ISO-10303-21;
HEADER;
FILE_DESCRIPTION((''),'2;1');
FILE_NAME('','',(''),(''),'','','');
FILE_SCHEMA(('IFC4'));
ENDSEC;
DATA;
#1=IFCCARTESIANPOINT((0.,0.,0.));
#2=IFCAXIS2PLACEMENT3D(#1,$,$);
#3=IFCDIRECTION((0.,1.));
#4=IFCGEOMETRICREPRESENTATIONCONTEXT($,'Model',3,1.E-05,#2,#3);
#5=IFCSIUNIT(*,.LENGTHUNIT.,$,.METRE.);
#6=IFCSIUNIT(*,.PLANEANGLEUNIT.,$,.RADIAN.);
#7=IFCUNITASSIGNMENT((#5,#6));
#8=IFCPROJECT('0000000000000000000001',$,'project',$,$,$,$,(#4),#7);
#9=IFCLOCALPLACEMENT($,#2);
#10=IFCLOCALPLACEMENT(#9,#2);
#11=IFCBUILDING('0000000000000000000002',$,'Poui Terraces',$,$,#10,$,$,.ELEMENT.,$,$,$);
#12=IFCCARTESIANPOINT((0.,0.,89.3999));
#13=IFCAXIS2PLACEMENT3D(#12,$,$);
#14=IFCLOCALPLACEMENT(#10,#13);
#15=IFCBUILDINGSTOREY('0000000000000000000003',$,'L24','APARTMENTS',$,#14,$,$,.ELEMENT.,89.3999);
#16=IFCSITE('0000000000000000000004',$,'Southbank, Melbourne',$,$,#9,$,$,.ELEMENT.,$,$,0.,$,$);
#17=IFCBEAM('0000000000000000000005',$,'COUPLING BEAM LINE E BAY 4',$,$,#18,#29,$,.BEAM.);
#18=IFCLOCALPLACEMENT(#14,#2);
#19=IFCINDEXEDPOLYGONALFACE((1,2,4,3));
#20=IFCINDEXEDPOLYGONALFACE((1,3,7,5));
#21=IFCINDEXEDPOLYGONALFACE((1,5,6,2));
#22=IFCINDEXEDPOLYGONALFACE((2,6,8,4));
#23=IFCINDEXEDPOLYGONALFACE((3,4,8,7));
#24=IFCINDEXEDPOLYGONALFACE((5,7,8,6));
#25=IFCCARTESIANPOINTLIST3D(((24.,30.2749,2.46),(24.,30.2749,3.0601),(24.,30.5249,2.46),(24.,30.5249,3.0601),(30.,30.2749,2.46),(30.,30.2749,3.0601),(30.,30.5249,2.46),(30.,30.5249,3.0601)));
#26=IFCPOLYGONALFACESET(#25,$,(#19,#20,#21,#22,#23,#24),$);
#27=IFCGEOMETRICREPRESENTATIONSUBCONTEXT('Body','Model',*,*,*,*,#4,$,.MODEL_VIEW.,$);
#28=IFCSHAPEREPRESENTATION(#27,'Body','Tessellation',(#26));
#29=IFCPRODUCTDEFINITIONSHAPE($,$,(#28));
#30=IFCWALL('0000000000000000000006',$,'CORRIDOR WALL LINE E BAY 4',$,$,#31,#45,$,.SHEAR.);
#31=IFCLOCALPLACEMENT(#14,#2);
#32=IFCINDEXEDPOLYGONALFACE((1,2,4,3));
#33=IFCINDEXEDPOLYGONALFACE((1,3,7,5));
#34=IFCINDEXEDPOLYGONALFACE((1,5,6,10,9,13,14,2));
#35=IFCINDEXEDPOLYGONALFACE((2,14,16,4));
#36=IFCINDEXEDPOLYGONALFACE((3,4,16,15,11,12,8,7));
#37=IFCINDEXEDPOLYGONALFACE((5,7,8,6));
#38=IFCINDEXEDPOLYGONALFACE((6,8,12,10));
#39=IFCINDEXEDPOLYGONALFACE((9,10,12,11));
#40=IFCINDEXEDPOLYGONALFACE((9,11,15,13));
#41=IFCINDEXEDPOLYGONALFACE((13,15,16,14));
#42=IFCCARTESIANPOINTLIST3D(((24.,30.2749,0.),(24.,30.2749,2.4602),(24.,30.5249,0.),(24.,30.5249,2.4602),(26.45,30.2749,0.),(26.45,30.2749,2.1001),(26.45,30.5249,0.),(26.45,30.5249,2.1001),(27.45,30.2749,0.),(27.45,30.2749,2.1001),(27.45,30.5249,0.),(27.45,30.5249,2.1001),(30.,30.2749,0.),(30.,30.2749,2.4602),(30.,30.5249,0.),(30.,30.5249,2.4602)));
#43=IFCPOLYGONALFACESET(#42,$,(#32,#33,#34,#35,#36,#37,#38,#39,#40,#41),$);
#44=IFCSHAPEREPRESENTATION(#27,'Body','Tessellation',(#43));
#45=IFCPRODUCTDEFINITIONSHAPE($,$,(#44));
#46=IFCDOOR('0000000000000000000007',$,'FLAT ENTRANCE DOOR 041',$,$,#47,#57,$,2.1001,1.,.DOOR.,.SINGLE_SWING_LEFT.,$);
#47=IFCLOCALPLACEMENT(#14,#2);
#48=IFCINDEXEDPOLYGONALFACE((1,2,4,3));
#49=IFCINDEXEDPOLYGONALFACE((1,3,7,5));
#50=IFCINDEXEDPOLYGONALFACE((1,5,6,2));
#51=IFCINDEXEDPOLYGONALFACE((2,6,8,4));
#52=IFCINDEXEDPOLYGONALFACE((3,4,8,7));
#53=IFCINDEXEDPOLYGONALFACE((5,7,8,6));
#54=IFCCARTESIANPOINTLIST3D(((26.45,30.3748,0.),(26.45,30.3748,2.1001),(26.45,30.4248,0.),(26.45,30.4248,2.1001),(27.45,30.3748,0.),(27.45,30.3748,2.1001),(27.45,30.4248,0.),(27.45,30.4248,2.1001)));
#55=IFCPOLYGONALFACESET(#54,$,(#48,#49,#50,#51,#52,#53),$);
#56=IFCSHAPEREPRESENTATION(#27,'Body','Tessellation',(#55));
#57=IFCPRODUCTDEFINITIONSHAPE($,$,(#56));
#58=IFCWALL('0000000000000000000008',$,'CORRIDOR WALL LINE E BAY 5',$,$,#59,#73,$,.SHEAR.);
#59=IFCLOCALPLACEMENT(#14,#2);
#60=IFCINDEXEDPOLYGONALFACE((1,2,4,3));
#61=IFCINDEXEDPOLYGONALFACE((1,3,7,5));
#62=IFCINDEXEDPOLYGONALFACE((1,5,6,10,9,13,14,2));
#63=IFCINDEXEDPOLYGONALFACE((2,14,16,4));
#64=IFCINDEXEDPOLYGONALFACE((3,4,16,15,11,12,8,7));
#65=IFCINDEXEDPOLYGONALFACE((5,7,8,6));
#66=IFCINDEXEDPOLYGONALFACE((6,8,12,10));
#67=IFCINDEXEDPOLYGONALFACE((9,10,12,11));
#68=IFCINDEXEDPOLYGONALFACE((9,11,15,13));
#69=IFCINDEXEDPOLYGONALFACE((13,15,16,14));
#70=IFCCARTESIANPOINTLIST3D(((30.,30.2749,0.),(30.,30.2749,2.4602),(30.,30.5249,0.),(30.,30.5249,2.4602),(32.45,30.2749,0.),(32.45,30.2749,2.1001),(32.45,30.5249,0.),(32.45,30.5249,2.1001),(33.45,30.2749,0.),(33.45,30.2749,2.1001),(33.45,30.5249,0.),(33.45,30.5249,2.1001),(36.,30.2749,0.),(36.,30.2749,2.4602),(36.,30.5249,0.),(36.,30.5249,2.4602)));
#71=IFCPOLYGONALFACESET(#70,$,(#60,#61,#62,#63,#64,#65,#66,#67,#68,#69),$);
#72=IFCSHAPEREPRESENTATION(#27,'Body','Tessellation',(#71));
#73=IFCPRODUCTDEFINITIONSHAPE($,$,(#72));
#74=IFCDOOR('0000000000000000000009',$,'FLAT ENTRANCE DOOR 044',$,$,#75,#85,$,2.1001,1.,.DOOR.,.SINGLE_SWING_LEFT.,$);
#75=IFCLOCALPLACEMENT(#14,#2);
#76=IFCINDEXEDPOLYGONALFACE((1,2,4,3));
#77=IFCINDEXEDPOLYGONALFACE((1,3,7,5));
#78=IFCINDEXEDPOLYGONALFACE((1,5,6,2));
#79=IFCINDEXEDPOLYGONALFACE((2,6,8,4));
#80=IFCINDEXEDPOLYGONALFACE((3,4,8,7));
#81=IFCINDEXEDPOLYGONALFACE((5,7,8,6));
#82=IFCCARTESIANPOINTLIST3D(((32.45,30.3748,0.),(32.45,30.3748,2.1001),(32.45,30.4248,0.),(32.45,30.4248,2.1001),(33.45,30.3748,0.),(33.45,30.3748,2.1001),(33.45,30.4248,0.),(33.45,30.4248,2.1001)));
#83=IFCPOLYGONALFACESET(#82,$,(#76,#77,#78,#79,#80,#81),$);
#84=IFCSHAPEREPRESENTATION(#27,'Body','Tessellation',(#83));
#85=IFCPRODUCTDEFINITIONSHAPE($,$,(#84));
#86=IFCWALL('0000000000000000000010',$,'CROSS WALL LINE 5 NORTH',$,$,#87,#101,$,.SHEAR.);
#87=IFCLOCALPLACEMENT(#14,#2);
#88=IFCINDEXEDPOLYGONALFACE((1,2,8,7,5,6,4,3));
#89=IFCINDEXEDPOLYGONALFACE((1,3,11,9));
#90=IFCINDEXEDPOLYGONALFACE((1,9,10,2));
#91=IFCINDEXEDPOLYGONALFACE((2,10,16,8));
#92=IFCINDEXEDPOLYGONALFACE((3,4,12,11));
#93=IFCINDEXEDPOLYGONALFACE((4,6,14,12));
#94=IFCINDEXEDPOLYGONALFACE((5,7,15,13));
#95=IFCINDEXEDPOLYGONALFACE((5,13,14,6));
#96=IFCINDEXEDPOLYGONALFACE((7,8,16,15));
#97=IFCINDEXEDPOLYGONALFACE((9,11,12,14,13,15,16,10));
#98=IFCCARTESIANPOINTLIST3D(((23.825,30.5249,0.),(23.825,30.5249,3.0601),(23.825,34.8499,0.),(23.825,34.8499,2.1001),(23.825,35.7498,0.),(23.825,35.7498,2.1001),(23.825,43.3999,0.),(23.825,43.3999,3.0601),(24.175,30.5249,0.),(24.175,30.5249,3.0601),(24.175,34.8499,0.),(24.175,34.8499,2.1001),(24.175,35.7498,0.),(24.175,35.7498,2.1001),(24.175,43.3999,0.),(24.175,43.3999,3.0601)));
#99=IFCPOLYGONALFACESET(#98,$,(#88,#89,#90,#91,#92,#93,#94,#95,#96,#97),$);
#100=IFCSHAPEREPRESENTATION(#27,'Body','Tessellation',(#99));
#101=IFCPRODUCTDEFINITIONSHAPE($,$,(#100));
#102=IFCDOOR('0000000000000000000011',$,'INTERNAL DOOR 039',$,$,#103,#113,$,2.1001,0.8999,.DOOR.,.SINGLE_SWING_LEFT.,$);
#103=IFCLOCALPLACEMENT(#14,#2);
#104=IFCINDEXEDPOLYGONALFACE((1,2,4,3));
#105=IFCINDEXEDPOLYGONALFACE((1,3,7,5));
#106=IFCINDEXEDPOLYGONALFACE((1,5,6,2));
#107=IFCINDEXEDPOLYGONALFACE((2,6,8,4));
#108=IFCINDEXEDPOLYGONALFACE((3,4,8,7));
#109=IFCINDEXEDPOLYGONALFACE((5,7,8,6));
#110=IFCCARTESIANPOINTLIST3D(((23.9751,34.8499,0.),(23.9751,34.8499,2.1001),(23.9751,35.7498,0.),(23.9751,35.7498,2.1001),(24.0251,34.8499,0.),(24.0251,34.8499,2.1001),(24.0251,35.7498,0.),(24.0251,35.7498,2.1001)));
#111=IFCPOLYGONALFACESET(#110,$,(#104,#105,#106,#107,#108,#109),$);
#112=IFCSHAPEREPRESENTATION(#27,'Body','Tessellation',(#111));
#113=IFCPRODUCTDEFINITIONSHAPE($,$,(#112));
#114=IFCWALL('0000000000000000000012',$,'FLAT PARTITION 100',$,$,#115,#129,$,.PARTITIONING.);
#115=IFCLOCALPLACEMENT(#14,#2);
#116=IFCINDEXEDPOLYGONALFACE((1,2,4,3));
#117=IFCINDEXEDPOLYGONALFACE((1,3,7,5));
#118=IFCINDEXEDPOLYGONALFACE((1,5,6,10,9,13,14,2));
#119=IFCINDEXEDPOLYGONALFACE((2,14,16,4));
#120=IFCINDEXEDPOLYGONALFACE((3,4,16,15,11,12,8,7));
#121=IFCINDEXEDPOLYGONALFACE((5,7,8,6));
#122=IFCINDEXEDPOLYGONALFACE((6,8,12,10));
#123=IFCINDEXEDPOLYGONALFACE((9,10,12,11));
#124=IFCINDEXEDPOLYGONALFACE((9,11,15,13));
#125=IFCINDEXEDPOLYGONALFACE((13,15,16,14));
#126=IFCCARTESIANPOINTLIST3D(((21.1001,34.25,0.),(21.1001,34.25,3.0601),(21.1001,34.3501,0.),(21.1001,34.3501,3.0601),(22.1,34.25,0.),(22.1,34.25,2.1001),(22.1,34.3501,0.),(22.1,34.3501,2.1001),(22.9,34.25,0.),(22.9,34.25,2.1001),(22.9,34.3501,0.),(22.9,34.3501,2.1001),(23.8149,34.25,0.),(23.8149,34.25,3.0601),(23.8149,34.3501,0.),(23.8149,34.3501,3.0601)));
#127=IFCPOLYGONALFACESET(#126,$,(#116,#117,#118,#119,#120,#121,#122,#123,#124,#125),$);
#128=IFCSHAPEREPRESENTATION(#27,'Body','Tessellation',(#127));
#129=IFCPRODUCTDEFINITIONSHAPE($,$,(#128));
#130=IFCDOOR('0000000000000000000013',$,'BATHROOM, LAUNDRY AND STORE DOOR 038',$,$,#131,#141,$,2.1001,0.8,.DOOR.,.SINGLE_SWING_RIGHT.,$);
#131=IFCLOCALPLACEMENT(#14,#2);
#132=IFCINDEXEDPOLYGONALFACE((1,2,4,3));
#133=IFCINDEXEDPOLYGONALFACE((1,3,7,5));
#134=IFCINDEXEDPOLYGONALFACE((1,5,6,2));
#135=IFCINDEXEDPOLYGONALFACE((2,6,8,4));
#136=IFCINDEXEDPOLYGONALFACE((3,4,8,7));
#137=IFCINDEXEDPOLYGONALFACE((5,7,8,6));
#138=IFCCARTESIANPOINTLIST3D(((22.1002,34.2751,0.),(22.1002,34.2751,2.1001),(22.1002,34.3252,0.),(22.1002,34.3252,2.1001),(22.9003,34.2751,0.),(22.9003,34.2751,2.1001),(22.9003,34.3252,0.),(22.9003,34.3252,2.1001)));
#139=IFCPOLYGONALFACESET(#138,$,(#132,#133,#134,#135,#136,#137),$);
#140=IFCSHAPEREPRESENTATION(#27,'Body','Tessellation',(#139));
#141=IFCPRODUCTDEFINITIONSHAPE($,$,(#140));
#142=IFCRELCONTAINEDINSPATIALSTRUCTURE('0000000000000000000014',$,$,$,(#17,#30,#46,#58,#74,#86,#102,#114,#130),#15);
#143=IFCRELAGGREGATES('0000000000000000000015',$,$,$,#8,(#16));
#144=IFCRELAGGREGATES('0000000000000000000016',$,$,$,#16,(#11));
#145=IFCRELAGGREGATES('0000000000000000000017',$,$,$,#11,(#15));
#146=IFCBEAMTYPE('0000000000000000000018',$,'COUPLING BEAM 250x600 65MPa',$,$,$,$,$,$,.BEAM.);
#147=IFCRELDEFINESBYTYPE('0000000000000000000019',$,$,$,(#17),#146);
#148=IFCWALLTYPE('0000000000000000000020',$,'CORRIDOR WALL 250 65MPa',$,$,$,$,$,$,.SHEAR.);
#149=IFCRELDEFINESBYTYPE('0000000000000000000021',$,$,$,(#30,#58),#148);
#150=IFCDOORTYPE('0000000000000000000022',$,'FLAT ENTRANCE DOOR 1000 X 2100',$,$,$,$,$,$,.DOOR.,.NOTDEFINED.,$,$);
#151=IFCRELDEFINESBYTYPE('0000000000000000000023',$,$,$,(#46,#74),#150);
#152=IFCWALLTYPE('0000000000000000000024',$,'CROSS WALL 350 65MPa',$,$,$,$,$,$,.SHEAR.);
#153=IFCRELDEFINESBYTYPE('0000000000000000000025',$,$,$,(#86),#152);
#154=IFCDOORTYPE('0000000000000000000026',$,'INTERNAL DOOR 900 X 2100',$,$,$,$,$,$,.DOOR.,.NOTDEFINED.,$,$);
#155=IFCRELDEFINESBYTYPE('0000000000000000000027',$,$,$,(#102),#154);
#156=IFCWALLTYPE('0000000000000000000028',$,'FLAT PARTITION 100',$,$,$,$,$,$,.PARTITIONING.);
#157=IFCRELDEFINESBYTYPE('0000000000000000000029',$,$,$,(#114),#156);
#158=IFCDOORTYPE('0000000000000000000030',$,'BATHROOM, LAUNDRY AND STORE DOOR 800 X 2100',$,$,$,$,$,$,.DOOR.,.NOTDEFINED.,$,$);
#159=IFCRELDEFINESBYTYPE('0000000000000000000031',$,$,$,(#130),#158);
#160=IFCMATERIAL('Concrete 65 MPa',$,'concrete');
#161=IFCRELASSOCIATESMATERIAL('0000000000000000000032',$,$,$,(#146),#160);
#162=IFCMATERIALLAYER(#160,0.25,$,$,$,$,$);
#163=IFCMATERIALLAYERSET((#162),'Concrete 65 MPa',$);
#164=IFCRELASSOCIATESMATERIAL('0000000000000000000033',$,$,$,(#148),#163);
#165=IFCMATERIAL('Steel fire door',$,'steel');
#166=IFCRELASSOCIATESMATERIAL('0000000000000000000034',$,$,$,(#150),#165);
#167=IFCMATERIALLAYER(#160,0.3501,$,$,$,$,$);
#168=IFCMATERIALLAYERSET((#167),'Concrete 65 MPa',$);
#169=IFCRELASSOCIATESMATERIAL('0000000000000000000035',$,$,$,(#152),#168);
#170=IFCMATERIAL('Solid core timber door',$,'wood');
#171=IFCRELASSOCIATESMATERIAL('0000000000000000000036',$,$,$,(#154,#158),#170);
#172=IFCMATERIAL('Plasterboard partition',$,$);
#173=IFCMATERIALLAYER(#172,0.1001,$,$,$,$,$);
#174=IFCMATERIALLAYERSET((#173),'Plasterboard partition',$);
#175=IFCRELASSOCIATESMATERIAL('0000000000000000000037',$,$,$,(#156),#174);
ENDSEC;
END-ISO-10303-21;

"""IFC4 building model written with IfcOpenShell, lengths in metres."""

from ifc_helpers import new_model, si_unit, direction, frame, frame_2d, origin, origin_2d, place, context, subcontext, project, spatial, rectangle, extrude, source, transform, mapped, material, layer, layer_set, material_profile, profile_set, type_object, element, fill, save


model = new_model("IFC4")

# Units and contexts
model_context = context("Model", 3, precision=1e-05, world=origin(), true_north=direction((0.0, 1.0)))
body_context = subcontext(model_context, "Body", "Model", "MODEL_VIEW")
ifc_project = project(units=[si_unit("LENGTHUNIT", "METRE"), si_unit("PLANEANGLEUNIT", "RADIAN")], contexts=[model_context])

# Site, building, storey
site_placement = place(None, origin())
site = spatial("IfcSite", under=ifc_project, at=site_placement, Name="Southbank, Melbourne", CompositionType="ELEMENT", RefElevation=0.0)
building_placement = place(site_placement, origin())
building = spatial("IfcBuilding", under=site, at=building_placement, Name="Poui Terraces", CompositionType="ELEMENT")
storey_placement = place(building_placement, frame((0.0, 0.0, 89.3999)))
storey = spatial("IfcBuildingStorey", under=building, at=storey_placement, Name="L24", Description="APARTMENTS", CompositionType="ELEMENT", Elevation=89.3999)

# Beam
ifc_material_1 = material(Name="Concrete 65 MPa", Category="concrete")
ifc_material_profile_1 = material_profile(ifc_material_1, rectangle(XDim=0.25, YDim=0.6001, at=origin_2d()), Name="RC 250x600")
ifc_profile_set_1 = profile_set([ifc_material_profile_1], Name="Concrete 65 MPa")
beam_type = type_object("IfcBeamType", Name="COUPLING BEAM 250x600 65MPa", PredefinedType="BEAM", material=ifc_profile_set_1)
shared_shape_1 = source(origin(), body_context, "Body", "SweptSolid", [
    extrude(rectangle(XDim=0.25, YDim=0.6001, at=origin_2d()), origin(), (0.0, 0.0, 1.0), 6.0),
])
beam_placement = place(storey_placement, frame((24.0, 30.3999, 2.76), z_axis=(1.0, 0.0, 0.0), x_axis=(0.0, 1.0, 0.0)))
element("IfcBeam", 1, at=beam_placement, inside=storey, type_object=beam_type, Name="COUPLING BEAM LINE E BAY 4", PredefinedType="BEAM", context=body_context, shape_type="MappedRepresentation", body=[
    mapped(shared_shape_1, transform((0.0, 0.0, 0.0))),
])

# Walls, openings, doors
ifc_layer_1 = layer(ifc_material_1, 0.25)
ifc_layer_set_1 = layer_set([ifc_layer_1], Name="Concrete 65 MPa")
wall_type_1 = type_object("IfcWallType", Name="CORRIDOR WALL 250 65MPa", PredefinedType="SHEAR", material=ifc_layer_set_1)
wall_1_placement = place(storey_placement, frame((24.0, 30.3999, 0.0), z_axis=(0.0, 0.0, 1.0), x_axis=(1.0, 0.0, 0.0)))
wall_1 = element("IfcWall", 2, at=wall_1_placement, inside=storey, type_object=wall_type_1, Name="CORRIDOR WALL LINE E BAY 4", PredefinedType="SHEAR", context=body_context, shape_type="SweptSolid", body=[
    extrude(rectangle(XDim=6.0, YDim=0.25, at=frame_2d((3.0, 0.0))), origin(), (0.0, 0.0, 1.0), 2.4602),
])
opening_1_placement = place(wall_1_placement, frame((2.45, 0.0, 0.0)))
opening_1 = element("IfcOpeningElement", 3, at=opening_1_placement, cuts=wall_1, PredefinedType="OPENING", context=body_context, shape_type="SweptSolid", body=[
    extrude(rectangle(XDim=1.0, YDim=2.1001, at=frame_2d((0.5, 1.05))), frame((0.0, 0.135, 0.0), z_axis=(0.0, -1.0, 0.0), x_axis=(1.0, 0.0, 0.0)), (0.0, 0.0, 1.0), 0.27),
])
ifc_material_2 = material(Name="Steel fire door", Category="steel")
door_type_1 = type_object("IfcDoorType", Name="FLAT ENTRANCE DOOR 1000 X 2100", OperationType="NOTDEFINED", PredefinedType="DOOR", material=ifc_material_2)
door_1_placement = place(opening_1_placement, origin())
door_1 = element("IfcDoor", 4, at=door_1_placement, inside=storey, type_object=door_type_1, Name="FLAT ENTRANCE DOOR 041", OperationType="SINGLE_SWING_LEFT", OverallHeight=2.1001, OverallWidth=1.0, PredefinedType="DOOR", context=body_context, shape_type="SweptSolid", body=[
    extrude(rectangle(XDim=1.0, YDim=2.1001, at=frame_2d((0.5, 1.05))), frame((0.0, 0.0249, 0.0), z_axis=(0.0, -1.0, 0.0), x_axis=(1.0, 0.0, 0.0)), (0.0, 0.0, 1.0), 0.05),
])
fill(opening_1, door_1)
wall_2_placement = place(storey_placement, frame((30.0, 30.3999, 0.0), z_axis=(0.0, 0.0, 1.0), x_axis=(1.0, 0.0, 0.0)))
wall_2 = element("IfcWall", 5, at=wall_2_placement, inside=storey, type_object=wall_type_1, Name="CORRIDOR WALL LINE E BAY 5", PredefinedType="SHEAR", context=body_context, shape_type="SweptSolid", body=[
    extrude(rectangle(XDim=6.0, YDim=0.25, at=frame_2d((3.0, 0.0))), origin(), (0.0, 0.0, 1.0), 2.4602),
])
opening_2_placement = place(wall_2_placement, frame((2.45, 0.0, 0.0)))
opening_2 = element("IfcOpeningElement", 6, at=opening_2_placement, cuts=wall_2, PredefinedType="OPENING", context=body_context, shape_type="SweptSolid", body=[
    extrude(rectangle(XDim=1.0, YDim=2.1001, at=frame_2d((0.5, 1.05))), frame((0.0, 0.135, 0.0), z_axis=(0.0, -1.0, 0.0), x_axis=(1.0, 0.0, 0.0)), (0.0, 0.0, 1.0), 0.27),
])
door_2_placement = place(opening_2_placement, origin())
door_2 = element("IfcDoor", 7, at=door_2_placement, inside=storey, type_object=door_type_1, Name="FLAT ENTRANCE DOOR 044", OperationType="SINGLE_SWING_LEFT", OverallHeight=2.1001, OverallWidth=1.0, PredefinedType="DOOR", context=body_context, shape_type="SweptSolid", body=[
    extrude(rectangle(XDim=1.0, YDim=2.1001, at=frame_2d((0.5, 1.05))), frame((0.0, 0.0249, 0.0), z_axis=(0.0, -1.0, 0.0), x_axis=(1.0, 0.0, 0.0)), (0.0, 0.0, 1.0), 0.05),
])
fill(opening_2, door_2)
ifc_layer_2 = layer(ifc_material_1, 0.3501)
ifc_layer_set_2 = layer_set([ifc_layer_2], Name="Concrete 65 MPa")
wall_type_2 = type_object("IfcWallType", Name="CROSS WALL 350 65MPa", PredefinedType="SHEAR", material=ifc_layer_set_2)
wall_3_placement = place(storey_placement, frame((24.0, 30.5249, 0.0), z_axis=(0.0, 0.0, 1.0), x_axis=(0.0, 1.0, 0.0)))
wall_3 = element("IfcWall", 8, at=wall_3_placement, inside=storey, type_object=wall_type_2, Name="CROSS WALL LINE 5 NORTH", PredefinedType="SHEAR", context=body_context, shape_type="SweptSolid", body=[
    extrude(rectangle(XDim=12.875, YDim=0.3501, at=frame_2d((6.4375, 0.0))), origin(), (0.0, 0.0, 1.0), 3.0601),
])
opening_3_placement = place(wall_3_placement, frame((4.325, 0.0, 0.0)))
opening_3 = element("IfcOpeningElement", 9, at=opening_3_placement, cuts=wall_3, PredefinedType="OPENING", context=body_context, shape_type="SweptSolid", body=[
    extrude(rectangle(XDim=0.8999, YDim=2.1001, at=frame_2d((0.45, 1.05))), frame((0.0, 0.1851, 0.0), z_axis=(0.0, -1.0, 0.0), x_axis=(1.0, 0.0, 0.0)), (0.0, 0.0, 1.0), 0.3701),
])
ifc_material_3 = material(Name="Solid core timber door", Category="wood")
door_type_2 = type_object("IfcDoorType", Name="INTERNAL DOOR 900 X 2100", OperationType="NOTDEFINED", PredefinedType="DOOR", material=ifc_material_3)
door_3_placement = place(opening_3_placement, origin())
door_3 = element("IfcDoor", 10, at=door_3_placement, inside=storey, type_object=door_type_2, Name="INTERNAL DOOR 039", OperationType="SINGLE_SWING_LEFT", OverallHeight=2.1001, OverallWidth=0.8999, PredefinedType="DOOR", context=body_context, shape_type="SweptSolid", body=[
    extrude(rectangle(XDim=0.8999, YDim=2.1001, at=frame_2d((0.45, 1.05))), frame((0.0, 0.0249, 0.0), z_axis=(0.0, -1.0, 0.0), x_axis=(1.0, 0.0, 0.0)), (0.0, 0.0, 1.0), 0.05),
])
fill(opening_3, door_3)
ifc_material_4 = material(Name="Plasterboard partition")
ifc_layer_3 = layer(ifc_material_4, 0.1001)
ifc_layer_set_3 = layer_set([ifc_layer_3], Name="Plasterboard partition")
wall_type_3 = type_object("IfcWallType", Name="FLAT PARTITION 100", PredefinedType="PARTITIONING", material=ifc_layer_set_3)
wall_4_placement = place(storey_placement, frame((21.1001, 34.3, 0.0), z_axis=(0.0, 0.0, 1.0), x_axis=(1.0, 0.0, 0.0)))
wall_4 = element("IfcWall", 11, at=wall_4_placement, inside=storey, type_object=wall_type_3, Name="FLAT PARTITION 100", PredefinedType="PARTITIONING", context=body_context, shape_type="SweptSolid", body=[
    extrude(rectangle(XDim=2.7148, YDim=0.1001, at=frame_2d((1.3574, 0.0))), origin(), (0.0, 0.0, 1.0), 3.0601),
])
opening_4_placement = place(wall_4_placement, frame((1.0, 0.0, 0.0)))
opening_4 = element("IfcOpeningElement", 12, at=opening_4_placement, cuts=wall_4, PredefinedType="OPENING", context=body_context, shape_type="SweptSolid", body=[
    extrude(rectangle(XDim=0.8, YDim=2.1001, at=frame_2d((0.3999, 1.05))), frame((0.0, 0.0601, 0.0), z_axis=(0.0, -1.0, 0.0), x_axis=(1.0, 0.0, 0.0)), (0.0, 0.0, 1.0), 0.1201),
])
door_type_3 = type_object("IfcDoorType", Name="BATHROOM, LAUNDRY AND STORE DOOR 800 X 2100", OperationType="NOTDEFINED", PredefinedType="DOOR", material=ifc_material_3)
door_4_placement = place(opening_4_placement, frame((0.8, 0.0, 0.0), z_axis=(0.0, 0.0, 1.0), x_axis=(-1.0, 0.0, 0.0)))
door_4 = element("IfcDoor", 13, at=door_4_placement, inside=storey, type_object=door_type_3, Name="BATHROOM, LAUNDRY AND STORE DOOR 038", OperationType="SINGLE_SWING_RIGHT", OverallHeight=2.1001, OverallWidth=0.8, PredefinedType="DOOR", context=body_context, shape_type="SweptSolid", body=[
    extrude(rectangle(XDim=0.8, YDim=2.1001, at=frame_2d((0.3999, 1.05))), frame((0.0, 0.0249, 0.0), z_axis=(0.0, -1.0, 0.0), x_axis=(1.0, 0.0, 0.0)), (0.0, 0.0, 1.0), 0.05),
])
fill(opening_4, door_4)

save(model, "model.ifc")
